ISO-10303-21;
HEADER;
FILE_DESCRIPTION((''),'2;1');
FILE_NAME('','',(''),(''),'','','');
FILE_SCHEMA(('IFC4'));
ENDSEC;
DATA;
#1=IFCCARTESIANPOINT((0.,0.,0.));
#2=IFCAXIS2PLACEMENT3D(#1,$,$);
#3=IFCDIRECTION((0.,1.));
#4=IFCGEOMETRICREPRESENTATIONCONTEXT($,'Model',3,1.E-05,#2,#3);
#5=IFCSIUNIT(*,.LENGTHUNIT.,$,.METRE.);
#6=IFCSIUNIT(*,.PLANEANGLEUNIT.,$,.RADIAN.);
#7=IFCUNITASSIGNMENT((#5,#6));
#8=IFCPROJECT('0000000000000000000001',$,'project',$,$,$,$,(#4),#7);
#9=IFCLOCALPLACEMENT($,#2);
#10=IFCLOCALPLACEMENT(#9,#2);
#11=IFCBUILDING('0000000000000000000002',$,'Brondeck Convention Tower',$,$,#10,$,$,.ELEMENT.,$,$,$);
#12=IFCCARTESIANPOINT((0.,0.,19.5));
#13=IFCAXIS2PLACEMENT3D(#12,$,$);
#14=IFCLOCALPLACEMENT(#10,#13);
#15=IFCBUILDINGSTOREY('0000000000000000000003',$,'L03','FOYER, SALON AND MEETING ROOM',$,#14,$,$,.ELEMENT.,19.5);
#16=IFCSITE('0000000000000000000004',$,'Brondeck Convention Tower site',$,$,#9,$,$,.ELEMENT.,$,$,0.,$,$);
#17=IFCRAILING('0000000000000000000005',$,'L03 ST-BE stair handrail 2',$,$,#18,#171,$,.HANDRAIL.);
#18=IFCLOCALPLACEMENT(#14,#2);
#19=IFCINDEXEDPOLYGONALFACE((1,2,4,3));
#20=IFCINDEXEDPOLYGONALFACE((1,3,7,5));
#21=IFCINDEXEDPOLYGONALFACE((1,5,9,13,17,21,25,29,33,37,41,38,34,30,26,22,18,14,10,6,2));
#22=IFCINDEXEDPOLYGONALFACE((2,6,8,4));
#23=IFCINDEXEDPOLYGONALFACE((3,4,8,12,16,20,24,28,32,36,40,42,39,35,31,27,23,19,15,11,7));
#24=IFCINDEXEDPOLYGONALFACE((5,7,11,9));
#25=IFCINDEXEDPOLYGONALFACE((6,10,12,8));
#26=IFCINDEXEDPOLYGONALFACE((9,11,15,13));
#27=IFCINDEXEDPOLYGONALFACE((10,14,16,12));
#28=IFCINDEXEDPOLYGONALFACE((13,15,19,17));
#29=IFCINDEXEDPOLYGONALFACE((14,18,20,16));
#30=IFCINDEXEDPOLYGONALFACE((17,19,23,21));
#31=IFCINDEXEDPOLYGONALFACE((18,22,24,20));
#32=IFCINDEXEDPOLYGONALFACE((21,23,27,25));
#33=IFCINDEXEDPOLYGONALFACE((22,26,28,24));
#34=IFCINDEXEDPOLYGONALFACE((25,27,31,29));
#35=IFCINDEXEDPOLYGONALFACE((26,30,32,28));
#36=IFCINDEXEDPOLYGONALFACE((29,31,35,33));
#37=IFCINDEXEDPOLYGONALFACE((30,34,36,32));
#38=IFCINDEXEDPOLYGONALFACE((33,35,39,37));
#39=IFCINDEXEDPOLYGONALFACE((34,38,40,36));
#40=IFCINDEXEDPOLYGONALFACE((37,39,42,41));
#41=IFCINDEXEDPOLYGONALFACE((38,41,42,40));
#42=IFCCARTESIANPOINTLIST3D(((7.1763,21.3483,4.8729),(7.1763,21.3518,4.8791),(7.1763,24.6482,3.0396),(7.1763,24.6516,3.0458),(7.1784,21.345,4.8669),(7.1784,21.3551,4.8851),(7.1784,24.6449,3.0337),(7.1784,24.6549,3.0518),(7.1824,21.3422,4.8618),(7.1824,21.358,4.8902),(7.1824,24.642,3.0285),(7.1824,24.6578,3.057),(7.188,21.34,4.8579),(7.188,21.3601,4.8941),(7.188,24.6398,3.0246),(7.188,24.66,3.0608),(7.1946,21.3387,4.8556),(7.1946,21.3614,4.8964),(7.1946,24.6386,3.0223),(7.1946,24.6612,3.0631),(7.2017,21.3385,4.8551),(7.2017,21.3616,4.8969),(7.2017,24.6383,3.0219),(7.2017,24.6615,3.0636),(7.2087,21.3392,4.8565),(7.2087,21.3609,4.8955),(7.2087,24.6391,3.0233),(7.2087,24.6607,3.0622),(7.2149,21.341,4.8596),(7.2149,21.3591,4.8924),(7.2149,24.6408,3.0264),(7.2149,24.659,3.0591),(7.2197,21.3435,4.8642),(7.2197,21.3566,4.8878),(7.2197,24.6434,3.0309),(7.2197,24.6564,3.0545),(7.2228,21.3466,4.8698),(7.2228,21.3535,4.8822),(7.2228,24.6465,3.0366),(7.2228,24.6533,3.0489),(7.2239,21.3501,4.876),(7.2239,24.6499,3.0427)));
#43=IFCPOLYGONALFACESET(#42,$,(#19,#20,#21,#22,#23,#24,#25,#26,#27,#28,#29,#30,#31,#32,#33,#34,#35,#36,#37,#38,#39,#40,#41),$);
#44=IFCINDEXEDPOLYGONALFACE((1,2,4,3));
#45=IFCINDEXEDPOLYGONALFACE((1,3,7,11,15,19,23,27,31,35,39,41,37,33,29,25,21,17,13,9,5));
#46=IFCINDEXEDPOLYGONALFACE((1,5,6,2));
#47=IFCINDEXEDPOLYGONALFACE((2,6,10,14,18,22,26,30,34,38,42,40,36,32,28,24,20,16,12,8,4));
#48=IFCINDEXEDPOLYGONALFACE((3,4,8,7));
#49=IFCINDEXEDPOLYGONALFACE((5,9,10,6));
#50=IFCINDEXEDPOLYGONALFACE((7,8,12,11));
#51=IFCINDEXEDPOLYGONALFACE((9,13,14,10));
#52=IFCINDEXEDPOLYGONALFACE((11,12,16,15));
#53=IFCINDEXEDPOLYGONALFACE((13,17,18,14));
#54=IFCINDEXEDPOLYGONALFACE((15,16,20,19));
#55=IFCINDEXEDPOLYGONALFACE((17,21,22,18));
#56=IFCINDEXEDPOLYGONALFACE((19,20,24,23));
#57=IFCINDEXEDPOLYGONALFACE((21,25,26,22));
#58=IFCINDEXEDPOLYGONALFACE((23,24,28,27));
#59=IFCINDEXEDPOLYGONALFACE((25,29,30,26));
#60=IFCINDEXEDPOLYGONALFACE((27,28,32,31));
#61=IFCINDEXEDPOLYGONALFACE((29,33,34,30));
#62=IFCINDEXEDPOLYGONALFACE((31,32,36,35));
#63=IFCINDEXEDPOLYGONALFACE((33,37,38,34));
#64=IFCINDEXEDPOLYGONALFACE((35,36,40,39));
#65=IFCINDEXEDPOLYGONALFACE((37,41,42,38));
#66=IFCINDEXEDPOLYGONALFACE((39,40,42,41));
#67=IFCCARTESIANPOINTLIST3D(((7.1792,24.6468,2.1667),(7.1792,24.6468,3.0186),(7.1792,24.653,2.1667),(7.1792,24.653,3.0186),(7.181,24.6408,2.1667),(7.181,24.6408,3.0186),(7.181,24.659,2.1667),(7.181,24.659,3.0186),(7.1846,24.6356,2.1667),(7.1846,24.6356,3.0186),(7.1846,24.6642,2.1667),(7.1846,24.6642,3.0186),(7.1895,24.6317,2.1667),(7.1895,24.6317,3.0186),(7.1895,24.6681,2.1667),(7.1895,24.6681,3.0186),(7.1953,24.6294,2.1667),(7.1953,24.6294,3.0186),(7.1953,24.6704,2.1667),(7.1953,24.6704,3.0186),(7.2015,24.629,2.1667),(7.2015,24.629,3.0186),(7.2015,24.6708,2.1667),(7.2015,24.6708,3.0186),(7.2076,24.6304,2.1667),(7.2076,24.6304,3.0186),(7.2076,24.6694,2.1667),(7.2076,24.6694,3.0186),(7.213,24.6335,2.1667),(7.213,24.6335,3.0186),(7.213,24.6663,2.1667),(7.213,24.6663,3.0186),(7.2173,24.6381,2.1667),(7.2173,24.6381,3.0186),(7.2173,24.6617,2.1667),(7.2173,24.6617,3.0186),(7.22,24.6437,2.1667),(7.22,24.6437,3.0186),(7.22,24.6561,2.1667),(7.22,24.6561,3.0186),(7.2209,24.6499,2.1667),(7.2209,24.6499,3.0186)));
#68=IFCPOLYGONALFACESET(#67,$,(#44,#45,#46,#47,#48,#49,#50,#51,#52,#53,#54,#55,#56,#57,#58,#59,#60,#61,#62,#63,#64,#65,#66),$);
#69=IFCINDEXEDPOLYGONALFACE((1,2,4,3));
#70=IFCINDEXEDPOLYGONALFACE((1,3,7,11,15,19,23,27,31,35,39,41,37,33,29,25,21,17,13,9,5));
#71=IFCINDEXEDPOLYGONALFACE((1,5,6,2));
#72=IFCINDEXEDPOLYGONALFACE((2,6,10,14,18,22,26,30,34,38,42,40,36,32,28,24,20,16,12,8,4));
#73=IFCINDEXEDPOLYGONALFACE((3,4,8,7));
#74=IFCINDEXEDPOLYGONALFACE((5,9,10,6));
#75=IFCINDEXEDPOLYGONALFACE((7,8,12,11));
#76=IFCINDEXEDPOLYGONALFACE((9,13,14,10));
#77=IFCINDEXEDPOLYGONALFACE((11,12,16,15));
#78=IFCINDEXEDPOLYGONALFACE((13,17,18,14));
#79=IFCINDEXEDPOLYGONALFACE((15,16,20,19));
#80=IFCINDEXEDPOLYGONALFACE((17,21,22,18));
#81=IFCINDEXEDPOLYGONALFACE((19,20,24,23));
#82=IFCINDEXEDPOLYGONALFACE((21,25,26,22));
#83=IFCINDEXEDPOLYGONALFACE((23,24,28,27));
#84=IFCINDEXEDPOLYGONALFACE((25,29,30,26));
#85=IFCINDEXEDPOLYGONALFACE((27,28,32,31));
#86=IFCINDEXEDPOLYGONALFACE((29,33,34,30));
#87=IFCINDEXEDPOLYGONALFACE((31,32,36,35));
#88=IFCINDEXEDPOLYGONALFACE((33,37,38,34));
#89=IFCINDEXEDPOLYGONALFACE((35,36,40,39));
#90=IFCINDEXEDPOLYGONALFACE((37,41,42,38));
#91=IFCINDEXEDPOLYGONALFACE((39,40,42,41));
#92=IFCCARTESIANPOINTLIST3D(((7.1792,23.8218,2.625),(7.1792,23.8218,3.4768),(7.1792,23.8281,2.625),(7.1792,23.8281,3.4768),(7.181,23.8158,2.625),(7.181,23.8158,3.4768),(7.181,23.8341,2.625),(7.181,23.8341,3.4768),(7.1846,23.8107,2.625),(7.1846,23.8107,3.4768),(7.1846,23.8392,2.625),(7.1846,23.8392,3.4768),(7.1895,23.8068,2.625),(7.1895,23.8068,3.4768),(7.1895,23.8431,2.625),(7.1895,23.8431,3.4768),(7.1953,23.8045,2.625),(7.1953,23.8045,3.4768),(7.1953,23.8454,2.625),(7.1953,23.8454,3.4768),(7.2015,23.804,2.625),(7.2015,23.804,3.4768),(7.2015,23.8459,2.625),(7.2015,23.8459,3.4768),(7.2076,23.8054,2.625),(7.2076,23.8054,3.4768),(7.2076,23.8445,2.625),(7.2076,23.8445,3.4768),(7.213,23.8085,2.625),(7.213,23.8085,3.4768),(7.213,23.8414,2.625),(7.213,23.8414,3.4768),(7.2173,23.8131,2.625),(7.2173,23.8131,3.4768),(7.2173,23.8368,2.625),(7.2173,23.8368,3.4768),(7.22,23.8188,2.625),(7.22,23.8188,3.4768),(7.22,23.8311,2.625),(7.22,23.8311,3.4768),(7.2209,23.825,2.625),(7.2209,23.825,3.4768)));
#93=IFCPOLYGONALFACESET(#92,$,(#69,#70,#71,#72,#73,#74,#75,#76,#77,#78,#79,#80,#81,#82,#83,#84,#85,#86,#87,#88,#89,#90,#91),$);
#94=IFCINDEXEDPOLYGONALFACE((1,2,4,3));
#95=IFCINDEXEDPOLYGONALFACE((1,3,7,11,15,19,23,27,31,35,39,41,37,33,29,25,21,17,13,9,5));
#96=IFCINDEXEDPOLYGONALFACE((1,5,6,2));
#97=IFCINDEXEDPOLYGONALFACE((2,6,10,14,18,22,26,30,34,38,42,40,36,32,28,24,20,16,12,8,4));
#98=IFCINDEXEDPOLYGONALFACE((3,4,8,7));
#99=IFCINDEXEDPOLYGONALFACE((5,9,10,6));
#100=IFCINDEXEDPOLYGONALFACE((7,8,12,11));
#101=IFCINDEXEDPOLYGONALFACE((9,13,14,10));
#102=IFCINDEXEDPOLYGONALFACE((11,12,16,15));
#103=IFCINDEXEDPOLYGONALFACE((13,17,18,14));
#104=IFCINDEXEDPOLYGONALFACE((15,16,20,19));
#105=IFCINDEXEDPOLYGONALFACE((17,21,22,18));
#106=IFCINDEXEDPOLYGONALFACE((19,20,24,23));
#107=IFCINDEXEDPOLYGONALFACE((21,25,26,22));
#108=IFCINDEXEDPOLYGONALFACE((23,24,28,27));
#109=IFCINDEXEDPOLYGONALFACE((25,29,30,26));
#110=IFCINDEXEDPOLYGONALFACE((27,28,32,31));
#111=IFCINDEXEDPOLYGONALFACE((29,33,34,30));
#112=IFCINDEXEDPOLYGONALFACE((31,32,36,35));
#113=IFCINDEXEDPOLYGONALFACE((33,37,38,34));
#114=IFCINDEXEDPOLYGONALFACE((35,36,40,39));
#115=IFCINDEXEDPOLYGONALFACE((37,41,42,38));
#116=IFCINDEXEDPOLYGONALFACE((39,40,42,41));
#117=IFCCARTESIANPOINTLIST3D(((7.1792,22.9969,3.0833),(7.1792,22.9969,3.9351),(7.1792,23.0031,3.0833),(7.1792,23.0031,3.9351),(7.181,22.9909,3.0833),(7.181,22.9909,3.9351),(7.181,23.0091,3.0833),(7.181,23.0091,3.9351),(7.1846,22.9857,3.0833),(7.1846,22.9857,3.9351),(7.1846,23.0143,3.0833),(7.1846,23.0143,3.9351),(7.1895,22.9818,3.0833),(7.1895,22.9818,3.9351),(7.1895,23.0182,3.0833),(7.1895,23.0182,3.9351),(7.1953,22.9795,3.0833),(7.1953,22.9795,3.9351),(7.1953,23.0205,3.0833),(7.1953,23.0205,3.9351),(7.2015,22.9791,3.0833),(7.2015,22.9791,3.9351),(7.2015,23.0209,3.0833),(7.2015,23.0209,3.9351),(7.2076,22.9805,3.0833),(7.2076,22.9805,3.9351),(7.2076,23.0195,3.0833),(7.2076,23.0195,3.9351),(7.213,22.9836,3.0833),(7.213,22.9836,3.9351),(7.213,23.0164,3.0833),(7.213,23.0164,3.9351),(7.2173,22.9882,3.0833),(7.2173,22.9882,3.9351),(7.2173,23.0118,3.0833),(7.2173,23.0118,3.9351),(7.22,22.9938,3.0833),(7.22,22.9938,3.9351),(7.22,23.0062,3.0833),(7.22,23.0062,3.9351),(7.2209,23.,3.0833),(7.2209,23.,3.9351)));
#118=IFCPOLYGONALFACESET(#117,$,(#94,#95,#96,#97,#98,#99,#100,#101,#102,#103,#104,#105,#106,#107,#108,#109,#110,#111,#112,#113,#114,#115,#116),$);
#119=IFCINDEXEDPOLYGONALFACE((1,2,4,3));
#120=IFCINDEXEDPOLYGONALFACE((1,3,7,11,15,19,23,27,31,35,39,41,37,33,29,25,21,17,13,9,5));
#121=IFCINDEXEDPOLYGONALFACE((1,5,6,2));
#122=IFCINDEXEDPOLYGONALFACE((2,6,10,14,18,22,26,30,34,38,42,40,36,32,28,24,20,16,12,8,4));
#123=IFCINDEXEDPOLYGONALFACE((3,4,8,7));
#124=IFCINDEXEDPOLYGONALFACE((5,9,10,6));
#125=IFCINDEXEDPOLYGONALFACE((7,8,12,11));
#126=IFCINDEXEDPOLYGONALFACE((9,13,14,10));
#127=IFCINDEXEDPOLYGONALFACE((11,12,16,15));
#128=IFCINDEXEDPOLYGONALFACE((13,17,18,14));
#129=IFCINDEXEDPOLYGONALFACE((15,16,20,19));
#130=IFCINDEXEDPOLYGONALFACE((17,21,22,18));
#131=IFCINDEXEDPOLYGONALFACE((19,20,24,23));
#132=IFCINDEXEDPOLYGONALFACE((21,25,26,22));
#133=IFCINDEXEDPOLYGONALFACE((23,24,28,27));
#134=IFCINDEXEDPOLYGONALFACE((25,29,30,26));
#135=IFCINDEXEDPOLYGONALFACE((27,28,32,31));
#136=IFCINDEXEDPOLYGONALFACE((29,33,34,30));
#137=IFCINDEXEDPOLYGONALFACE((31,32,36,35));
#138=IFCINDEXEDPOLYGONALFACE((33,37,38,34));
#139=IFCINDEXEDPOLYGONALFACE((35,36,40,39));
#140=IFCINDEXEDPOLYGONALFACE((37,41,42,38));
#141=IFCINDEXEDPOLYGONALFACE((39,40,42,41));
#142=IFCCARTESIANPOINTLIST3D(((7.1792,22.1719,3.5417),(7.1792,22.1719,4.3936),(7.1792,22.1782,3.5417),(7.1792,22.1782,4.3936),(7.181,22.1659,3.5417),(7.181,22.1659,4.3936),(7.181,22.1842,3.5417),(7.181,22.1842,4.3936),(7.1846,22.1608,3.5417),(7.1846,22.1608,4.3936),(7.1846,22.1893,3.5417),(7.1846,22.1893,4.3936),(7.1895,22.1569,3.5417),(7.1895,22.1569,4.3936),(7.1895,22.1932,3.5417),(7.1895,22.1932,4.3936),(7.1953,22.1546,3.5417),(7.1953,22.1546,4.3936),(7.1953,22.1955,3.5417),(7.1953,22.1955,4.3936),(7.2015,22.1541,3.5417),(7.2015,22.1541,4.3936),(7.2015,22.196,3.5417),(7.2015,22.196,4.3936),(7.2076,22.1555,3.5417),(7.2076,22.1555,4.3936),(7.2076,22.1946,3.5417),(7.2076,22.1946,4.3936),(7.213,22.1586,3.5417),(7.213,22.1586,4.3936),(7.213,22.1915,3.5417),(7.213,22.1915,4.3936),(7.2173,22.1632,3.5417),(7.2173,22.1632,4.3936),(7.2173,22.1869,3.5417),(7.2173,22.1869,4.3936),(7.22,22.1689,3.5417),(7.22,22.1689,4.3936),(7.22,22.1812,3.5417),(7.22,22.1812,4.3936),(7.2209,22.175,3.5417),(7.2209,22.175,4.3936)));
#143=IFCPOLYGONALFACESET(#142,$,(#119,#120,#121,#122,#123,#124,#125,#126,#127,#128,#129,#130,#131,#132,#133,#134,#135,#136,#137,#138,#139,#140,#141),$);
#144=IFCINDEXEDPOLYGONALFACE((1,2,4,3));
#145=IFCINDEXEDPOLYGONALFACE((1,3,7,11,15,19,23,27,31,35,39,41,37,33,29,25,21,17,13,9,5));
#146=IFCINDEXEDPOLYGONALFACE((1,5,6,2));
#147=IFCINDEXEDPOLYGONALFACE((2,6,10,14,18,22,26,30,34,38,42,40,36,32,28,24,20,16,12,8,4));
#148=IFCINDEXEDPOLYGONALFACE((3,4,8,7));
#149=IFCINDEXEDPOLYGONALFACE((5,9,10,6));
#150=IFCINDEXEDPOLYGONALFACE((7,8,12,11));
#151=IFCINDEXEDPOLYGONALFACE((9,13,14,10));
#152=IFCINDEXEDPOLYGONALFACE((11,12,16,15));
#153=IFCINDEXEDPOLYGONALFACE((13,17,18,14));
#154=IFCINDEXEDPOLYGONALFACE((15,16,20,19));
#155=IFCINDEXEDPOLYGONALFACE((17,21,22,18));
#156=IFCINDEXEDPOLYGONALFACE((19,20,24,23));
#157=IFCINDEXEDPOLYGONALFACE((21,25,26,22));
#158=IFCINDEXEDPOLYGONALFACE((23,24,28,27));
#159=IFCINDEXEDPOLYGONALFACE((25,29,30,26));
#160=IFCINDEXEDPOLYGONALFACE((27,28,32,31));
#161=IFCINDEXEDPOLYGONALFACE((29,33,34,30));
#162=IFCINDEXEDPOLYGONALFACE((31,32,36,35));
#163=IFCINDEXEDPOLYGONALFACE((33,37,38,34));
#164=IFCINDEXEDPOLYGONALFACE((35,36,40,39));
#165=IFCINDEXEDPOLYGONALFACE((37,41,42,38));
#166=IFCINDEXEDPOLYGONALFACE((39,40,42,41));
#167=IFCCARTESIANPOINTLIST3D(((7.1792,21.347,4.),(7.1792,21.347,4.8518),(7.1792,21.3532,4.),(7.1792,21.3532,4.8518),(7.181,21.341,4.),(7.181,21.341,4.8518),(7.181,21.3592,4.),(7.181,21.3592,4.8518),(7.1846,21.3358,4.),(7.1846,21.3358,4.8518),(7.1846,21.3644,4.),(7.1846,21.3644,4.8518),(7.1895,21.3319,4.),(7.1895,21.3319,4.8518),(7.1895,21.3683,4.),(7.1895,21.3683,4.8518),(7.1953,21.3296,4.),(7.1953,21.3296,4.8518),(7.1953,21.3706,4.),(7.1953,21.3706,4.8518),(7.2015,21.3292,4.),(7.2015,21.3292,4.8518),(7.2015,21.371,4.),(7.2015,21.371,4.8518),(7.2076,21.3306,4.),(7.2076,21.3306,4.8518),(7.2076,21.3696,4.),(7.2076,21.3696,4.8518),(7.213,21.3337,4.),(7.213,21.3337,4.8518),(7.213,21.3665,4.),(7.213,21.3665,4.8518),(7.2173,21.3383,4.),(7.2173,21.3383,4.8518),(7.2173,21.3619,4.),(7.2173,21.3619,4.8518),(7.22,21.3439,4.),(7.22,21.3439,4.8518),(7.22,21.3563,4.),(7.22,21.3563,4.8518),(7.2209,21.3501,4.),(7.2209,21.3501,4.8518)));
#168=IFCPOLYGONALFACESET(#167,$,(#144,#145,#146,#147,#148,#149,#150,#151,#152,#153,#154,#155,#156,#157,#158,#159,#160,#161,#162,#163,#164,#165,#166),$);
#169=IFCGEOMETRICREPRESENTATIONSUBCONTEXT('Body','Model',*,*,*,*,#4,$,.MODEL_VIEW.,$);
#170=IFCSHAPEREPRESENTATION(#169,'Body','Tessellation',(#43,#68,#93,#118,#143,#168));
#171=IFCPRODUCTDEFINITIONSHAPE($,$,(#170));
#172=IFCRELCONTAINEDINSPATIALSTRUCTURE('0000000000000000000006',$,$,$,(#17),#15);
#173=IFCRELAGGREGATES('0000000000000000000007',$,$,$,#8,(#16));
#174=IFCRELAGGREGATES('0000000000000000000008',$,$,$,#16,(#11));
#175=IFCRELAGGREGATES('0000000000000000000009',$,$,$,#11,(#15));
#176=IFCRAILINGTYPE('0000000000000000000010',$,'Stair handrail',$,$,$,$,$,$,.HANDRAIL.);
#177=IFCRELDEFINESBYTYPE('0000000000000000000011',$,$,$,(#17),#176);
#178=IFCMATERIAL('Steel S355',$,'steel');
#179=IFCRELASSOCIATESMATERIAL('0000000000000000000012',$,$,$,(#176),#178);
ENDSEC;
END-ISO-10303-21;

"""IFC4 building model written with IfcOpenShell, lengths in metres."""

from ifc_helpers import new_model, si_unit, direction, frame, origin, origin_2d, place, context, subcontext, project, spatial, circle, extrude, material, type_object, element, save


model = new_model("IFC4")

# Units and contexts
model_context = context("Model", 3, precision=1e-05, world=origin(), true_north=direction((0.0, 1.0)))
body_context = subcontext(model_context, "Body", "Model", "MODEL_VIEW")
ifc_project = project(units=[si_unit("LENGTHUNIT", "METRE"), si_unit("PLANEANGLEUNIT", "RADIAN")], contexts=[model_context])

# Site, building, storey
site_placement = place(None, origin())
site = spatial("IfcSite", under=ifc_project, at=site_placement, Name="Brondeck Convention Tower site", CompositionType="ELEMENT", RefElevation=0.0)
building_placement = place(site_placement, origin())
building = spatial("IfcBuilding", under=site, at=building_placement, Name="Brondeck Convention Tower", CompositionType="ELEMENT")
storey_placement = place(building_placement, frame((0.0, 0.0, 19.5)))
storey = spatial("IfcBuildingStorey", under=building, at=storey_placement, Name="L03", Description="FOYER, SALON AND MEETING ROOM", CompositionType="ELEMENT", Elevation=19.5)

# Shared definitions
ifc_material_1 = material(Name="Steel S355", Category="steel")

# Railing
railing_type_1 = type_object("IfcRailingType", Name="Stair handrail", PredefinedType="HANDRAIL", material=ifc_material_1)
railing_1_placement = place(storey_placement, frame((7.2, 24.6499, 2.1667)))
element("IfcRailing", 1, at=railing_1_placement, inside=storey, type_object=railing_type_1, Name="L03 ST-BE stair handrail 2", PredefinedType="HANDRAIL", context=body_context, shape_type="SweptSolid", body=[
    extrude(circle(Radius=0.0239, at=origin_2d()), frame((0.0, 0.0, 0.876), z_axis=(0.0, -0.874154, 0.485648), x_axis=(1.0, 0.0, 0.0)), (0.0, 0.0, 1.0), 3.7749),
    extrude(circle(Radius=0.021, at=origin_2d()), origin(), (0.0, 0.0, 1.0), 0.8518),
    extrude(circle(Radius=0.021, at=origin_2d()), frame((0.0, -0.825, 0.4583)), (0.0, 0.0, 1.0), 0.8518),
    extrude(circle(Radius=0.021, at=origin_2d()), frame((0.0, -1.6499, 0.9165)), (0.0, 0.0, 1.0), 0.8518),
    extrude(circle(Radius=0.021, at=origin_2d()), frame((0.0, -2.4749, 1.375)), (0.0, 0.0, 1.0), 0.8518),
    extrude(circle(Radius=0.021, at=origin_2d()), frame((0.0, -3.2998, 1.8333)), (0.0, 0.0, 1.0), 0.8518),
])

save(model, "model.ifc")
